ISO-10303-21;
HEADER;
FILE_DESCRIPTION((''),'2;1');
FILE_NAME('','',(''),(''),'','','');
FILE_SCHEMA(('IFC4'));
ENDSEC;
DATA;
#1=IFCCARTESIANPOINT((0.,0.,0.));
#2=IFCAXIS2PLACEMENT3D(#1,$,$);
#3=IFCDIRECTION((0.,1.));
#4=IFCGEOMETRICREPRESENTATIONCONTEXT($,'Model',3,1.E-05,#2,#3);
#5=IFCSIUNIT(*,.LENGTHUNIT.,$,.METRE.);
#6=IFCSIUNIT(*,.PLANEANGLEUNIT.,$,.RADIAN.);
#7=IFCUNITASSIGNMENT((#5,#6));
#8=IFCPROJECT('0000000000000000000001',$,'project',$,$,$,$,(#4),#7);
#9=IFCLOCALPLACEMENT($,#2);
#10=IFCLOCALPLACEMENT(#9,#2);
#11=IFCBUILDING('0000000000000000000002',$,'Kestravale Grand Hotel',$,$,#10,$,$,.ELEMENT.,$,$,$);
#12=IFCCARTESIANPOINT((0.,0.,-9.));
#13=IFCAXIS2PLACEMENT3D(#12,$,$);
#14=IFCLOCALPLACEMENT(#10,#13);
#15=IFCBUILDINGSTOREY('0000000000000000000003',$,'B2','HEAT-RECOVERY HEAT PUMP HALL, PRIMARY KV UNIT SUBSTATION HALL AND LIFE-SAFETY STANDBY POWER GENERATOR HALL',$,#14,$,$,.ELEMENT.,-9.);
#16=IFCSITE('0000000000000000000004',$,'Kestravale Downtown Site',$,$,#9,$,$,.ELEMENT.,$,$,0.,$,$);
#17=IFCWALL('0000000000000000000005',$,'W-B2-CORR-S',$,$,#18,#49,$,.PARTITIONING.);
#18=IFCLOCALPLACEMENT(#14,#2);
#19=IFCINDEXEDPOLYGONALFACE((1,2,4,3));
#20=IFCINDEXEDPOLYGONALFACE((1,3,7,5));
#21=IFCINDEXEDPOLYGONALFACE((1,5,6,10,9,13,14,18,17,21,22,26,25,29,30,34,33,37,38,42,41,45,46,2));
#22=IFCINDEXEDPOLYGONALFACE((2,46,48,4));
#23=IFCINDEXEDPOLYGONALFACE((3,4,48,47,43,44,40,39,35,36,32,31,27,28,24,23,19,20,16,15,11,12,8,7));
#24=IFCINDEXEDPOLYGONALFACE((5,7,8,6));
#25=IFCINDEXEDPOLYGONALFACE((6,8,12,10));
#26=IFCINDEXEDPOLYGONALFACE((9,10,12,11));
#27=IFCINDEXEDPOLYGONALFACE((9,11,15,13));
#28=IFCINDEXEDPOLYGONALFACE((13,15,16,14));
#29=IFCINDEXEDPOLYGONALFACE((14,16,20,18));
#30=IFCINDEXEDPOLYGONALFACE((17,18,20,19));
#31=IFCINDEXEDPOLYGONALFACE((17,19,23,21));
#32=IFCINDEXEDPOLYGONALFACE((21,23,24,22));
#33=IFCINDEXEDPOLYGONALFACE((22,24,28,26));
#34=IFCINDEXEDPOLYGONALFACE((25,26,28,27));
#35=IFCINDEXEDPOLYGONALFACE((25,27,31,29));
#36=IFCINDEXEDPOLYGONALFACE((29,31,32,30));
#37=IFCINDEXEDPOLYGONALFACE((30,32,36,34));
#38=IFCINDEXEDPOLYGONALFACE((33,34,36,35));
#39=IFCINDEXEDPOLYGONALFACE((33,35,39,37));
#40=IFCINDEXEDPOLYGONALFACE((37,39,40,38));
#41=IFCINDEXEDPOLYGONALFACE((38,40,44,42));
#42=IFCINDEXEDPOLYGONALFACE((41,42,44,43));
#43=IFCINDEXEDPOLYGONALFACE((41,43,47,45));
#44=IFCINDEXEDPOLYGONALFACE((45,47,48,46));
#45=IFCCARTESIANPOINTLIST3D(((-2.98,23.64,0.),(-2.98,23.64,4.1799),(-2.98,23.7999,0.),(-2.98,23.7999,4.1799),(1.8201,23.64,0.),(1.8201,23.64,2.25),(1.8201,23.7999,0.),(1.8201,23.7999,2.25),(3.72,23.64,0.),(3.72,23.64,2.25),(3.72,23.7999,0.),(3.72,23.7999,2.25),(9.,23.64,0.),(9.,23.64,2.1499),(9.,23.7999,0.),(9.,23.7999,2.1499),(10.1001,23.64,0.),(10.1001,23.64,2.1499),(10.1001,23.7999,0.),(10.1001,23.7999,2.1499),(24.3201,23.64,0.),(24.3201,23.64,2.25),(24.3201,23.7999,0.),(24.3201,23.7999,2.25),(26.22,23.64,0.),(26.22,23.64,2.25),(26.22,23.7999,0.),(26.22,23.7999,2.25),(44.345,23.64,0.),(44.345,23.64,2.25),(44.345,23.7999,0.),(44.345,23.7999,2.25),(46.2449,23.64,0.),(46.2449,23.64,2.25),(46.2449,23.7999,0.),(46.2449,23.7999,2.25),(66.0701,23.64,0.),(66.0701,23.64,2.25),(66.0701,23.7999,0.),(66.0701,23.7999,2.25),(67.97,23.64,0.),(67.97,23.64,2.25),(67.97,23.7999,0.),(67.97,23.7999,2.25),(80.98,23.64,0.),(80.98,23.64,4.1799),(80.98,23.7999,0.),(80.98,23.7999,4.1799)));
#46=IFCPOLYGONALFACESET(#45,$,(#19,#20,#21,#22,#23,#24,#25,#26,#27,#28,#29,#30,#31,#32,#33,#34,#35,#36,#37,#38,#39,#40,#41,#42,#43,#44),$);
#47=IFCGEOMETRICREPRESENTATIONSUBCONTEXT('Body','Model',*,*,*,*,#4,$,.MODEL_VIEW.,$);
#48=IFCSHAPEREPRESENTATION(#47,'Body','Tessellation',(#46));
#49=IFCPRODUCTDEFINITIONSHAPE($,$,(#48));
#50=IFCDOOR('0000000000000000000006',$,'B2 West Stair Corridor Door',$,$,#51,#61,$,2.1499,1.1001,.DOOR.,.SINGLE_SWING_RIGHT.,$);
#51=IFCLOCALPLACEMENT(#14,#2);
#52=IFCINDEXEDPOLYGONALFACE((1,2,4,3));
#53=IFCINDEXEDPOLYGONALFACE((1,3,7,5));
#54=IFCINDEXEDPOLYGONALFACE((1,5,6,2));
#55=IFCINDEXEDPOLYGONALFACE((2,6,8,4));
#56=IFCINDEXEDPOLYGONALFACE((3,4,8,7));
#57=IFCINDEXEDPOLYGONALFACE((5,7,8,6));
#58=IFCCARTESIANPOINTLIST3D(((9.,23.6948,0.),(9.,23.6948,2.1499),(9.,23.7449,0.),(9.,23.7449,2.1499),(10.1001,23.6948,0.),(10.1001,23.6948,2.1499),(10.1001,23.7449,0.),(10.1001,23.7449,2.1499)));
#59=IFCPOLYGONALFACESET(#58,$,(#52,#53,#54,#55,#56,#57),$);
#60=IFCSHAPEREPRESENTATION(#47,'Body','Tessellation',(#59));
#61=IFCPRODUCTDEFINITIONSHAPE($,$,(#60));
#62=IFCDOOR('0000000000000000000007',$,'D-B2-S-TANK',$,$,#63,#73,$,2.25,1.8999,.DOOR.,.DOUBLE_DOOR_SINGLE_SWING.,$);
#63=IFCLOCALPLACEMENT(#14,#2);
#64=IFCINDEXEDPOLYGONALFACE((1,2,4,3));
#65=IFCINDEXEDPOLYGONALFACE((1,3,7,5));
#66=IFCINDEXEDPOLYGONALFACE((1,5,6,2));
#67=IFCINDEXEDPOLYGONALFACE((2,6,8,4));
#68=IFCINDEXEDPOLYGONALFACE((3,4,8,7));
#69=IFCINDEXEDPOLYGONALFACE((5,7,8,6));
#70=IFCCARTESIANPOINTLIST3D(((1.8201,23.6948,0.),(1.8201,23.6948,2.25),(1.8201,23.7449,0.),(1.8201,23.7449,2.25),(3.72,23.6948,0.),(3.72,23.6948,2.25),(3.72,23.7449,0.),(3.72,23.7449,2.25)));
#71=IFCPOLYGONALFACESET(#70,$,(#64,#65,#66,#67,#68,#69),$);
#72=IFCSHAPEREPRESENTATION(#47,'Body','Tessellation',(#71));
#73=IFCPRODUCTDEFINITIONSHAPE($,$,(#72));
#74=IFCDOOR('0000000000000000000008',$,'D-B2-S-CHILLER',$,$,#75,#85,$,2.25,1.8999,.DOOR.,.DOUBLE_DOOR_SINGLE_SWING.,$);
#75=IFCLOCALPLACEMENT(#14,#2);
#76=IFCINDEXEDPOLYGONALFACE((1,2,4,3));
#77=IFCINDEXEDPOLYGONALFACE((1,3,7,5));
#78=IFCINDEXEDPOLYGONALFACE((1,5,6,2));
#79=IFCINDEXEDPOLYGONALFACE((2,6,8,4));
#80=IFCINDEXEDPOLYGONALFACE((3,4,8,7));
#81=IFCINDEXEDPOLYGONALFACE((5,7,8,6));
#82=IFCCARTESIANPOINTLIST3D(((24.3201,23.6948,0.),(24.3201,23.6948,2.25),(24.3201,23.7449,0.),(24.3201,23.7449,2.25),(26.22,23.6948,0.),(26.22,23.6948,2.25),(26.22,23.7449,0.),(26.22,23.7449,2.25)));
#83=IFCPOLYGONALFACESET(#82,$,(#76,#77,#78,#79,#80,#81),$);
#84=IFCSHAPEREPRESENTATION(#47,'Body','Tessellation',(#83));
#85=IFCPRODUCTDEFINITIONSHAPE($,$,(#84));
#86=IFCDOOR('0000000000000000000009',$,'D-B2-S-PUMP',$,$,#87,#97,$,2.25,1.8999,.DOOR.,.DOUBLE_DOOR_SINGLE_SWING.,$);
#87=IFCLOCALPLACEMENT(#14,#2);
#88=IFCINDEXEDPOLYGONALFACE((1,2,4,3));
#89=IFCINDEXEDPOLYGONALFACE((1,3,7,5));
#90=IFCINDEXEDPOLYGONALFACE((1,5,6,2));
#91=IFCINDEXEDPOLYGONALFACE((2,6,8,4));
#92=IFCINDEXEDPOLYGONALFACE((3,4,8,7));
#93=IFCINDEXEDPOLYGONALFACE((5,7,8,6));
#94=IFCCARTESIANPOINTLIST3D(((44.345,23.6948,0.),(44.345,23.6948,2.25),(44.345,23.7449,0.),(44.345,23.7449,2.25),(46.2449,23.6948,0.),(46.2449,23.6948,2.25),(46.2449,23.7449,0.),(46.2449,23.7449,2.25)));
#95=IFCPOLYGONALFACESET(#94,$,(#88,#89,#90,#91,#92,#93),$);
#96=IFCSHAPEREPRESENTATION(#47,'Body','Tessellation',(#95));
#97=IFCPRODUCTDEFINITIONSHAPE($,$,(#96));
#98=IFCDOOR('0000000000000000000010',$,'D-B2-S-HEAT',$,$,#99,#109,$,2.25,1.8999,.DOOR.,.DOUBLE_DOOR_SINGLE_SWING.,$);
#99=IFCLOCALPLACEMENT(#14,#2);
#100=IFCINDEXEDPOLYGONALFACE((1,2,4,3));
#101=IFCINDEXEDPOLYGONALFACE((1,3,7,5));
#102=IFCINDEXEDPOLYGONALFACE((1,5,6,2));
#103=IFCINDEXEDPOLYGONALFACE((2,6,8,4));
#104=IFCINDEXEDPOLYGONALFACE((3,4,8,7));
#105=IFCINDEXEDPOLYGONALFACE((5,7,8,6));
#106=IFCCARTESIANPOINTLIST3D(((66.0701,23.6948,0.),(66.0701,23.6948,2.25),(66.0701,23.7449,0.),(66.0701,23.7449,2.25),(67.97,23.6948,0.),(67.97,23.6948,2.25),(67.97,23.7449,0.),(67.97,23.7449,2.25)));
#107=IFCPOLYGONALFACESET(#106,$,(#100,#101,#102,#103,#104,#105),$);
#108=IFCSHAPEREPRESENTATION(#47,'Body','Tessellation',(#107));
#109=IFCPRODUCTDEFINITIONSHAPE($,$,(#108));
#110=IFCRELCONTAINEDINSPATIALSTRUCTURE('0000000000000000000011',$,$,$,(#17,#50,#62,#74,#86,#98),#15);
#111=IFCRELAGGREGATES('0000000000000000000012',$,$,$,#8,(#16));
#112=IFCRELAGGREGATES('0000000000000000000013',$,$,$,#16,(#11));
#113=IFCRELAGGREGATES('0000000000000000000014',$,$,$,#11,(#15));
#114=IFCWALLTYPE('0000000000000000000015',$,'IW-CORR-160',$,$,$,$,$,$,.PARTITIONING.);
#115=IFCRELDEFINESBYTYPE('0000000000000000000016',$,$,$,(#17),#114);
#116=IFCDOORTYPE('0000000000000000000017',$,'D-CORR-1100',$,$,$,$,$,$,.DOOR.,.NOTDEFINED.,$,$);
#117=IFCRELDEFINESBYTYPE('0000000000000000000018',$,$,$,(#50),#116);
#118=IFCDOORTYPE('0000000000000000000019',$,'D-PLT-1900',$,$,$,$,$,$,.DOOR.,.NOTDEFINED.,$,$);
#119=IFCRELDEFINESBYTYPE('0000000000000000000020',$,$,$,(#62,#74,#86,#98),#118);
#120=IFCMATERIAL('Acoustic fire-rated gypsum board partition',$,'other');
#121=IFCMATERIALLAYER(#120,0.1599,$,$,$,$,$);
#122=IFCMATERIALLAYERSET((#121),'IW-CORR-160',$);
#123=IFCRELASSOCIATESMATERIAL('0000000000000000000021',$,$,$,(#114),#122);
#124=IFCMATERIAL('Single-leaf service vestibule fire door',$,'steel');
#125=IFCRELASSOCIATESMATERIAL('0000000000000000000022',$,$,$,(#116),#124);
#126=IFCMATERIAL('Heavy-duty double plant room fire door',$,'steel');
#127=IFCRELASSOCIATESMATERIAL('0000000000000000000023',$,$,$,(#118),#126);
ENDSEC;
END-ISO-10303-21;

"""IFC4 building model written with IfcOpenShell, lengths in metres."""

from ifc_helpers import new_model, si_unit, direction, frame, frame_2d, origin, place, context, subcontext, project, spatial, rectangle, extrude, material, layer, layer_set, type_object, element, fill, save


model = new_model("IFC4")

# Units and contexts
model_context = context("Model", 3, precision=1e-05, world=origin(), true_north=direction((0.0, 1.0)))
body_context = subcontext(model_context, "Body", "Model", "MODEL_VIEW")
ifc_project = project(units=[si_unit("LENGTHUNIT", "METRE"), si_unit("PLANEANGLEUNIT", "RADIAN")], contexts=[model_context])

# Site, building, storey
site_placement = place(None, origin())
site = spatial("IfcSite", under=ifc_project, at=site_placement, Name="Kestravale Downtown Site", CompositionType="ELEMENT", RefElevation=0.0)
building_placement = place(site_placement, origin())
building = spatial("IfcBuilding", under=site, at=building_placement, Name="Kestravale Grand Hotel", CompositionType="ELEMENT")
storey_placement = place(building_placement, frame((0.0, 0.0, -9.0)))
storey = spatial("IfcBuildingStorey", under=building, at=storey_placement, Name="B2", Description="HEAT-RECOVERY HEAT PUMP HALL, PRIMARY KV UNIT SUBSTATION HALL AND LIFE-SAFETY STANDBY POWER GENERATOR HALL", CompositionType="ELEMENT", Elevation=-9.0)

# Wall, openings, doors
ifc_material_1 = material(Name="Acoustic fire-rated gypsum board partition", Category="other")
ifc_layer = layer(ifc_material_1, 0.1599)
ifc_layer_set = layer_set([ifc_layer], Name="IW-CORR-160")
wall_type = type_object("IfcWallType", Name="IW-CORR-160", PredefinedType="PARTITIONING", material=ifc_layer_set)
wall_1_placement = place(storey_placement, frame((-2.98, 23.72, 0.0), z_axis=(0.0, 0.0, 1.0), x_axis=(1.0, 0.0, 0.0)))
wall_1 = element("IfcWall", 1, at=wall_1_placement, inside=storey, type_object=wall_type, Name="W-B2-CORR-S", PredefinedType="PARTITIONING", context=body_context, shape_type="SweptSolid", body=[
    extrude(rectangle(XDim=83.96, YDim=0.1599, at=frame_2d((41.98, 0.0))), origin(), (0.0, 0.0, 1.0), 4.1799),
])
opening_1_placement = place(wall_1_placement, frame((11.98, 0.0, 0.0)))
opening_1 = element("IfcOpeningElement", 2, at=opening_1_placement, cuts=wall_1, PredefinedType="OPENING", context=body_context, shape_type="SweptSolid", body=[
    extrude(rectangle(XDim=1.1001, YDim=2.1499, at=frame_2d((0.55, 1.075))), frame((0.0, 0.0898, 0.0), z_axis=(0.0, -1.0, 0.0), x_axis=(1.0, 0.0, 0.0)), (0.0, 0.0, 1.0), 0.1799),
])
opening_2_placement = place(wall_1_placement, frame((4.8, 0.0, 0.0)))
opening_2 = element("IfcOpeningElement", 3, at=opening_2_placement, cuts=wall_1, PredefinedType="OPENING", context=body_context, shape_type="SweptSolid", body=[
    extrude(rectangle(XDim=1.8999, YDim=2.25, at=frame_2d((0.95, 1.125))), frame((0.0, 0.0898, 0.0), z_axis=(0.0, -1.0, 0.0), x_axis=(1.0, 0.0, 0.0)), (0.0, 0.0, 1.0), 0.1799),
])
opening_3_placement = place(wall_1_placement, frame((27.3, 0.0, 0.0)))
opening_3 = element("IfcOpeningElement", 4, at=opening_3_placement, cuts=wall_1, PredefinedType="OPENING", context=body_context, shape_type="SweptSolid", body=[
    extrude(rectangle(XDim=1.8999, YDim=2.25, at=frame_2d((0.95, 1.125))), frame((0.0, 0.0898, 0.0), z_axis=(0.0, -1.0, 0.0), x_axis=(1.0, 0.0, 0.0)), (0.0, 0.0, 1.0), 0.1799),
])
opening_4_placement = place(wall_1_placement, frame((47.325, 0.0, 0.0)))
opening_4 = element("IfcOpeningElement", 5, at=opening_4_placement, cuts=wall_1, PredefinedType="OPENING", context=body_context, shape_type="SweptSolid", body=[
    extrude(rectangle(XDim=1.8999, YDim=2.25, at=frame_2d((0.95, 1.125))), frame((0.0, 0.0898, 0.0), z_axis=(0.0, -1.0, 0.0), x_axis=(1.0, 0.0, 0.0)), (0.0, 0.0, 1.0), 0.1799),
])
opening_5_placement = place(wall_1_placement, frame((69.05, 0.0, 0.0)))
opening_5 = element("IfcOpeningElement", 6, at=opening_5_placement, cuts=wall_1, PredefinedType="OPENING", context=body_context, shape_type="SweptSolid", body=[
    extrude(rectangle(XDim=1.8999, YDim=2.25, at=frame_2d((0.95, 1.125))), frame((0.0, 0.0898, 0.0), z_axis=(0.0, -1.0, 0.0), x_axis=(1.0, 0.0, 0.0)), (0.0, 0.0, 1.0), 0.1799),
])
ifc_material_2 = material(Name="Single-leaf service vestibule fire door", Category="steel")
door_type_1 = type_object("IfcDoorType", Name="D-CORR-1100", OperationType="NOTDEFINED", PredefinedType="DOOR", material=ifc_material_2)
door_1_placement = place(opening_1_placement, origin())
door_1 = element("IfcDoor", 7, at=door_1_placement, inside=storey, type_object=door_type_1, Name="B2 West Stair Corridor Door", OperationType="SINGLE_SWING_RIGHT", OverallHeight=2.1499, OverallWidth=1.1001, PredefinedType="DOOR", context=body_context, shape_type="SweptSolid", body=[
    extrude(rectangle(XDim=1.1001, YDim=2.1499, at=frame_2d((0.55, 1.075))), frame((0.0, 0.0249, 0.0), z_axis=(0.0, -1.0, 0.0), x_axis=(1.0, 0.0, 0.0)), (0.0, 0.0, 1.0), 0.05),
])
fill(opening_1, door_1)
ifc_material_3 = material(Name="Heavy-duty double plant room fire door", Category="steel")
door_type_2 = type_object("IfcDoorType", Name="D-PLT-1900", OperationType="NOTDEFINED", PredefinedType="DOOR", material=ifc_material_3)
door_2_placement = place(opening_2_placement, origin())
door_2 = element("IfcDoor", 8, at=door_2_placement, inside=storey, type_object=door_type_2, Name="D-B2-S-TANK", OperationType="DOUBLE_DOOR_SINGLE_SWING", OverallHeight=2.25, OverallWidth=1.8999, PredefinedType="DOOR", context=body_context, shape_type="SweptSolid", body=[
    extrude(rectangle(XDim=1.8999, YDim=2.25, at=frame_2d((0.95, 1.125))), frame((0.0, 0.0249, 0.0), z_axis=(0.0, -1.0, 0.0), x_axis=(1.0, 0.0, 0.0)), (0.0, 0.0, 1.0), 0.05),
])
fill(opening_2, door_2)
door_3_placement = place(opening_3_placement, origin())
door_3 = element("IfcDoor", 9, at=door_3_placement, inside=storey, type_object=door_type_2, Name="D-B2-S-CHILLER", OperationType="DOUBLE_DOOR_SINGLE_SWING", OverallHeight=2.25, OverallWidth=1.8999, PredefinedType="DOOR", context=body_context, shape_type="SweptSolid", body=[
    extrude(rectangle(XDim=1.8999, YDim=2.25, at=frame_2d((0.95, 1.125))), frame((0.0, 0.0249, 0.0), z_axis=(0.0, -1.0, 0.0), x_axis=(1.0, 0.0, 0.0)), (0.0, 0.0, 1.0), 0.05),
])
fill(opening_3, door_3)
door_4_placement = place(opening_4_placement, origin())
door_4 = element("IfcDoor", 10, at=door_4_placement, inside=storey, type_object=door_type_2, Name="D-B2-S-PUMP", OperationType="DOUBLE_DOOR_SINGLE_SWING", OverallHeight=2.25, OverallWidth=1.8999, PredefinedType="DOOR", context=body_context, shape_type="SweptSolid", body=[
    extrude(rectangle(XDim=1.8999, YDim=2.25, at=frame_2d((0.95, 1.125))), frame((0.0, 0.0249, 0.0), z_axis=(0.0, -1.0, 0.0), x_axis=(1.0, 0.0, 0.0)), (0.0, 0.0, 1.0), 0.05),
])
fill(opening_4, door_4)
door_5_placement = place(opening_5_placement, origin())
door_5 = element("IfcDoor", 11, at=door_5_placement, inside=storey, type_object=door_type_2, Name="D-B2-S-HEAT", OperationType="DOUBLE_DOOR_SINGLE_SWING", OverallHeight=2.25, OverallWidth=1.8999, PredefinedType="DOOR", context=body_context, shape_type="SweptSolid", body=[
    extrude(rectangle(XDim=1.8999, YDim=2.25, at=frame_2d((0.95, 1.125))), frame((0.0, 0.0249, 0.0), z_axis=(0.0, -1.0, 0.0), x_axis=(1.0, 0.0, 0.0)), (0.0, 0.0, 1.0), 0.05),
])
fill(opening_5, door_5)

save(model, "model.ifc")
